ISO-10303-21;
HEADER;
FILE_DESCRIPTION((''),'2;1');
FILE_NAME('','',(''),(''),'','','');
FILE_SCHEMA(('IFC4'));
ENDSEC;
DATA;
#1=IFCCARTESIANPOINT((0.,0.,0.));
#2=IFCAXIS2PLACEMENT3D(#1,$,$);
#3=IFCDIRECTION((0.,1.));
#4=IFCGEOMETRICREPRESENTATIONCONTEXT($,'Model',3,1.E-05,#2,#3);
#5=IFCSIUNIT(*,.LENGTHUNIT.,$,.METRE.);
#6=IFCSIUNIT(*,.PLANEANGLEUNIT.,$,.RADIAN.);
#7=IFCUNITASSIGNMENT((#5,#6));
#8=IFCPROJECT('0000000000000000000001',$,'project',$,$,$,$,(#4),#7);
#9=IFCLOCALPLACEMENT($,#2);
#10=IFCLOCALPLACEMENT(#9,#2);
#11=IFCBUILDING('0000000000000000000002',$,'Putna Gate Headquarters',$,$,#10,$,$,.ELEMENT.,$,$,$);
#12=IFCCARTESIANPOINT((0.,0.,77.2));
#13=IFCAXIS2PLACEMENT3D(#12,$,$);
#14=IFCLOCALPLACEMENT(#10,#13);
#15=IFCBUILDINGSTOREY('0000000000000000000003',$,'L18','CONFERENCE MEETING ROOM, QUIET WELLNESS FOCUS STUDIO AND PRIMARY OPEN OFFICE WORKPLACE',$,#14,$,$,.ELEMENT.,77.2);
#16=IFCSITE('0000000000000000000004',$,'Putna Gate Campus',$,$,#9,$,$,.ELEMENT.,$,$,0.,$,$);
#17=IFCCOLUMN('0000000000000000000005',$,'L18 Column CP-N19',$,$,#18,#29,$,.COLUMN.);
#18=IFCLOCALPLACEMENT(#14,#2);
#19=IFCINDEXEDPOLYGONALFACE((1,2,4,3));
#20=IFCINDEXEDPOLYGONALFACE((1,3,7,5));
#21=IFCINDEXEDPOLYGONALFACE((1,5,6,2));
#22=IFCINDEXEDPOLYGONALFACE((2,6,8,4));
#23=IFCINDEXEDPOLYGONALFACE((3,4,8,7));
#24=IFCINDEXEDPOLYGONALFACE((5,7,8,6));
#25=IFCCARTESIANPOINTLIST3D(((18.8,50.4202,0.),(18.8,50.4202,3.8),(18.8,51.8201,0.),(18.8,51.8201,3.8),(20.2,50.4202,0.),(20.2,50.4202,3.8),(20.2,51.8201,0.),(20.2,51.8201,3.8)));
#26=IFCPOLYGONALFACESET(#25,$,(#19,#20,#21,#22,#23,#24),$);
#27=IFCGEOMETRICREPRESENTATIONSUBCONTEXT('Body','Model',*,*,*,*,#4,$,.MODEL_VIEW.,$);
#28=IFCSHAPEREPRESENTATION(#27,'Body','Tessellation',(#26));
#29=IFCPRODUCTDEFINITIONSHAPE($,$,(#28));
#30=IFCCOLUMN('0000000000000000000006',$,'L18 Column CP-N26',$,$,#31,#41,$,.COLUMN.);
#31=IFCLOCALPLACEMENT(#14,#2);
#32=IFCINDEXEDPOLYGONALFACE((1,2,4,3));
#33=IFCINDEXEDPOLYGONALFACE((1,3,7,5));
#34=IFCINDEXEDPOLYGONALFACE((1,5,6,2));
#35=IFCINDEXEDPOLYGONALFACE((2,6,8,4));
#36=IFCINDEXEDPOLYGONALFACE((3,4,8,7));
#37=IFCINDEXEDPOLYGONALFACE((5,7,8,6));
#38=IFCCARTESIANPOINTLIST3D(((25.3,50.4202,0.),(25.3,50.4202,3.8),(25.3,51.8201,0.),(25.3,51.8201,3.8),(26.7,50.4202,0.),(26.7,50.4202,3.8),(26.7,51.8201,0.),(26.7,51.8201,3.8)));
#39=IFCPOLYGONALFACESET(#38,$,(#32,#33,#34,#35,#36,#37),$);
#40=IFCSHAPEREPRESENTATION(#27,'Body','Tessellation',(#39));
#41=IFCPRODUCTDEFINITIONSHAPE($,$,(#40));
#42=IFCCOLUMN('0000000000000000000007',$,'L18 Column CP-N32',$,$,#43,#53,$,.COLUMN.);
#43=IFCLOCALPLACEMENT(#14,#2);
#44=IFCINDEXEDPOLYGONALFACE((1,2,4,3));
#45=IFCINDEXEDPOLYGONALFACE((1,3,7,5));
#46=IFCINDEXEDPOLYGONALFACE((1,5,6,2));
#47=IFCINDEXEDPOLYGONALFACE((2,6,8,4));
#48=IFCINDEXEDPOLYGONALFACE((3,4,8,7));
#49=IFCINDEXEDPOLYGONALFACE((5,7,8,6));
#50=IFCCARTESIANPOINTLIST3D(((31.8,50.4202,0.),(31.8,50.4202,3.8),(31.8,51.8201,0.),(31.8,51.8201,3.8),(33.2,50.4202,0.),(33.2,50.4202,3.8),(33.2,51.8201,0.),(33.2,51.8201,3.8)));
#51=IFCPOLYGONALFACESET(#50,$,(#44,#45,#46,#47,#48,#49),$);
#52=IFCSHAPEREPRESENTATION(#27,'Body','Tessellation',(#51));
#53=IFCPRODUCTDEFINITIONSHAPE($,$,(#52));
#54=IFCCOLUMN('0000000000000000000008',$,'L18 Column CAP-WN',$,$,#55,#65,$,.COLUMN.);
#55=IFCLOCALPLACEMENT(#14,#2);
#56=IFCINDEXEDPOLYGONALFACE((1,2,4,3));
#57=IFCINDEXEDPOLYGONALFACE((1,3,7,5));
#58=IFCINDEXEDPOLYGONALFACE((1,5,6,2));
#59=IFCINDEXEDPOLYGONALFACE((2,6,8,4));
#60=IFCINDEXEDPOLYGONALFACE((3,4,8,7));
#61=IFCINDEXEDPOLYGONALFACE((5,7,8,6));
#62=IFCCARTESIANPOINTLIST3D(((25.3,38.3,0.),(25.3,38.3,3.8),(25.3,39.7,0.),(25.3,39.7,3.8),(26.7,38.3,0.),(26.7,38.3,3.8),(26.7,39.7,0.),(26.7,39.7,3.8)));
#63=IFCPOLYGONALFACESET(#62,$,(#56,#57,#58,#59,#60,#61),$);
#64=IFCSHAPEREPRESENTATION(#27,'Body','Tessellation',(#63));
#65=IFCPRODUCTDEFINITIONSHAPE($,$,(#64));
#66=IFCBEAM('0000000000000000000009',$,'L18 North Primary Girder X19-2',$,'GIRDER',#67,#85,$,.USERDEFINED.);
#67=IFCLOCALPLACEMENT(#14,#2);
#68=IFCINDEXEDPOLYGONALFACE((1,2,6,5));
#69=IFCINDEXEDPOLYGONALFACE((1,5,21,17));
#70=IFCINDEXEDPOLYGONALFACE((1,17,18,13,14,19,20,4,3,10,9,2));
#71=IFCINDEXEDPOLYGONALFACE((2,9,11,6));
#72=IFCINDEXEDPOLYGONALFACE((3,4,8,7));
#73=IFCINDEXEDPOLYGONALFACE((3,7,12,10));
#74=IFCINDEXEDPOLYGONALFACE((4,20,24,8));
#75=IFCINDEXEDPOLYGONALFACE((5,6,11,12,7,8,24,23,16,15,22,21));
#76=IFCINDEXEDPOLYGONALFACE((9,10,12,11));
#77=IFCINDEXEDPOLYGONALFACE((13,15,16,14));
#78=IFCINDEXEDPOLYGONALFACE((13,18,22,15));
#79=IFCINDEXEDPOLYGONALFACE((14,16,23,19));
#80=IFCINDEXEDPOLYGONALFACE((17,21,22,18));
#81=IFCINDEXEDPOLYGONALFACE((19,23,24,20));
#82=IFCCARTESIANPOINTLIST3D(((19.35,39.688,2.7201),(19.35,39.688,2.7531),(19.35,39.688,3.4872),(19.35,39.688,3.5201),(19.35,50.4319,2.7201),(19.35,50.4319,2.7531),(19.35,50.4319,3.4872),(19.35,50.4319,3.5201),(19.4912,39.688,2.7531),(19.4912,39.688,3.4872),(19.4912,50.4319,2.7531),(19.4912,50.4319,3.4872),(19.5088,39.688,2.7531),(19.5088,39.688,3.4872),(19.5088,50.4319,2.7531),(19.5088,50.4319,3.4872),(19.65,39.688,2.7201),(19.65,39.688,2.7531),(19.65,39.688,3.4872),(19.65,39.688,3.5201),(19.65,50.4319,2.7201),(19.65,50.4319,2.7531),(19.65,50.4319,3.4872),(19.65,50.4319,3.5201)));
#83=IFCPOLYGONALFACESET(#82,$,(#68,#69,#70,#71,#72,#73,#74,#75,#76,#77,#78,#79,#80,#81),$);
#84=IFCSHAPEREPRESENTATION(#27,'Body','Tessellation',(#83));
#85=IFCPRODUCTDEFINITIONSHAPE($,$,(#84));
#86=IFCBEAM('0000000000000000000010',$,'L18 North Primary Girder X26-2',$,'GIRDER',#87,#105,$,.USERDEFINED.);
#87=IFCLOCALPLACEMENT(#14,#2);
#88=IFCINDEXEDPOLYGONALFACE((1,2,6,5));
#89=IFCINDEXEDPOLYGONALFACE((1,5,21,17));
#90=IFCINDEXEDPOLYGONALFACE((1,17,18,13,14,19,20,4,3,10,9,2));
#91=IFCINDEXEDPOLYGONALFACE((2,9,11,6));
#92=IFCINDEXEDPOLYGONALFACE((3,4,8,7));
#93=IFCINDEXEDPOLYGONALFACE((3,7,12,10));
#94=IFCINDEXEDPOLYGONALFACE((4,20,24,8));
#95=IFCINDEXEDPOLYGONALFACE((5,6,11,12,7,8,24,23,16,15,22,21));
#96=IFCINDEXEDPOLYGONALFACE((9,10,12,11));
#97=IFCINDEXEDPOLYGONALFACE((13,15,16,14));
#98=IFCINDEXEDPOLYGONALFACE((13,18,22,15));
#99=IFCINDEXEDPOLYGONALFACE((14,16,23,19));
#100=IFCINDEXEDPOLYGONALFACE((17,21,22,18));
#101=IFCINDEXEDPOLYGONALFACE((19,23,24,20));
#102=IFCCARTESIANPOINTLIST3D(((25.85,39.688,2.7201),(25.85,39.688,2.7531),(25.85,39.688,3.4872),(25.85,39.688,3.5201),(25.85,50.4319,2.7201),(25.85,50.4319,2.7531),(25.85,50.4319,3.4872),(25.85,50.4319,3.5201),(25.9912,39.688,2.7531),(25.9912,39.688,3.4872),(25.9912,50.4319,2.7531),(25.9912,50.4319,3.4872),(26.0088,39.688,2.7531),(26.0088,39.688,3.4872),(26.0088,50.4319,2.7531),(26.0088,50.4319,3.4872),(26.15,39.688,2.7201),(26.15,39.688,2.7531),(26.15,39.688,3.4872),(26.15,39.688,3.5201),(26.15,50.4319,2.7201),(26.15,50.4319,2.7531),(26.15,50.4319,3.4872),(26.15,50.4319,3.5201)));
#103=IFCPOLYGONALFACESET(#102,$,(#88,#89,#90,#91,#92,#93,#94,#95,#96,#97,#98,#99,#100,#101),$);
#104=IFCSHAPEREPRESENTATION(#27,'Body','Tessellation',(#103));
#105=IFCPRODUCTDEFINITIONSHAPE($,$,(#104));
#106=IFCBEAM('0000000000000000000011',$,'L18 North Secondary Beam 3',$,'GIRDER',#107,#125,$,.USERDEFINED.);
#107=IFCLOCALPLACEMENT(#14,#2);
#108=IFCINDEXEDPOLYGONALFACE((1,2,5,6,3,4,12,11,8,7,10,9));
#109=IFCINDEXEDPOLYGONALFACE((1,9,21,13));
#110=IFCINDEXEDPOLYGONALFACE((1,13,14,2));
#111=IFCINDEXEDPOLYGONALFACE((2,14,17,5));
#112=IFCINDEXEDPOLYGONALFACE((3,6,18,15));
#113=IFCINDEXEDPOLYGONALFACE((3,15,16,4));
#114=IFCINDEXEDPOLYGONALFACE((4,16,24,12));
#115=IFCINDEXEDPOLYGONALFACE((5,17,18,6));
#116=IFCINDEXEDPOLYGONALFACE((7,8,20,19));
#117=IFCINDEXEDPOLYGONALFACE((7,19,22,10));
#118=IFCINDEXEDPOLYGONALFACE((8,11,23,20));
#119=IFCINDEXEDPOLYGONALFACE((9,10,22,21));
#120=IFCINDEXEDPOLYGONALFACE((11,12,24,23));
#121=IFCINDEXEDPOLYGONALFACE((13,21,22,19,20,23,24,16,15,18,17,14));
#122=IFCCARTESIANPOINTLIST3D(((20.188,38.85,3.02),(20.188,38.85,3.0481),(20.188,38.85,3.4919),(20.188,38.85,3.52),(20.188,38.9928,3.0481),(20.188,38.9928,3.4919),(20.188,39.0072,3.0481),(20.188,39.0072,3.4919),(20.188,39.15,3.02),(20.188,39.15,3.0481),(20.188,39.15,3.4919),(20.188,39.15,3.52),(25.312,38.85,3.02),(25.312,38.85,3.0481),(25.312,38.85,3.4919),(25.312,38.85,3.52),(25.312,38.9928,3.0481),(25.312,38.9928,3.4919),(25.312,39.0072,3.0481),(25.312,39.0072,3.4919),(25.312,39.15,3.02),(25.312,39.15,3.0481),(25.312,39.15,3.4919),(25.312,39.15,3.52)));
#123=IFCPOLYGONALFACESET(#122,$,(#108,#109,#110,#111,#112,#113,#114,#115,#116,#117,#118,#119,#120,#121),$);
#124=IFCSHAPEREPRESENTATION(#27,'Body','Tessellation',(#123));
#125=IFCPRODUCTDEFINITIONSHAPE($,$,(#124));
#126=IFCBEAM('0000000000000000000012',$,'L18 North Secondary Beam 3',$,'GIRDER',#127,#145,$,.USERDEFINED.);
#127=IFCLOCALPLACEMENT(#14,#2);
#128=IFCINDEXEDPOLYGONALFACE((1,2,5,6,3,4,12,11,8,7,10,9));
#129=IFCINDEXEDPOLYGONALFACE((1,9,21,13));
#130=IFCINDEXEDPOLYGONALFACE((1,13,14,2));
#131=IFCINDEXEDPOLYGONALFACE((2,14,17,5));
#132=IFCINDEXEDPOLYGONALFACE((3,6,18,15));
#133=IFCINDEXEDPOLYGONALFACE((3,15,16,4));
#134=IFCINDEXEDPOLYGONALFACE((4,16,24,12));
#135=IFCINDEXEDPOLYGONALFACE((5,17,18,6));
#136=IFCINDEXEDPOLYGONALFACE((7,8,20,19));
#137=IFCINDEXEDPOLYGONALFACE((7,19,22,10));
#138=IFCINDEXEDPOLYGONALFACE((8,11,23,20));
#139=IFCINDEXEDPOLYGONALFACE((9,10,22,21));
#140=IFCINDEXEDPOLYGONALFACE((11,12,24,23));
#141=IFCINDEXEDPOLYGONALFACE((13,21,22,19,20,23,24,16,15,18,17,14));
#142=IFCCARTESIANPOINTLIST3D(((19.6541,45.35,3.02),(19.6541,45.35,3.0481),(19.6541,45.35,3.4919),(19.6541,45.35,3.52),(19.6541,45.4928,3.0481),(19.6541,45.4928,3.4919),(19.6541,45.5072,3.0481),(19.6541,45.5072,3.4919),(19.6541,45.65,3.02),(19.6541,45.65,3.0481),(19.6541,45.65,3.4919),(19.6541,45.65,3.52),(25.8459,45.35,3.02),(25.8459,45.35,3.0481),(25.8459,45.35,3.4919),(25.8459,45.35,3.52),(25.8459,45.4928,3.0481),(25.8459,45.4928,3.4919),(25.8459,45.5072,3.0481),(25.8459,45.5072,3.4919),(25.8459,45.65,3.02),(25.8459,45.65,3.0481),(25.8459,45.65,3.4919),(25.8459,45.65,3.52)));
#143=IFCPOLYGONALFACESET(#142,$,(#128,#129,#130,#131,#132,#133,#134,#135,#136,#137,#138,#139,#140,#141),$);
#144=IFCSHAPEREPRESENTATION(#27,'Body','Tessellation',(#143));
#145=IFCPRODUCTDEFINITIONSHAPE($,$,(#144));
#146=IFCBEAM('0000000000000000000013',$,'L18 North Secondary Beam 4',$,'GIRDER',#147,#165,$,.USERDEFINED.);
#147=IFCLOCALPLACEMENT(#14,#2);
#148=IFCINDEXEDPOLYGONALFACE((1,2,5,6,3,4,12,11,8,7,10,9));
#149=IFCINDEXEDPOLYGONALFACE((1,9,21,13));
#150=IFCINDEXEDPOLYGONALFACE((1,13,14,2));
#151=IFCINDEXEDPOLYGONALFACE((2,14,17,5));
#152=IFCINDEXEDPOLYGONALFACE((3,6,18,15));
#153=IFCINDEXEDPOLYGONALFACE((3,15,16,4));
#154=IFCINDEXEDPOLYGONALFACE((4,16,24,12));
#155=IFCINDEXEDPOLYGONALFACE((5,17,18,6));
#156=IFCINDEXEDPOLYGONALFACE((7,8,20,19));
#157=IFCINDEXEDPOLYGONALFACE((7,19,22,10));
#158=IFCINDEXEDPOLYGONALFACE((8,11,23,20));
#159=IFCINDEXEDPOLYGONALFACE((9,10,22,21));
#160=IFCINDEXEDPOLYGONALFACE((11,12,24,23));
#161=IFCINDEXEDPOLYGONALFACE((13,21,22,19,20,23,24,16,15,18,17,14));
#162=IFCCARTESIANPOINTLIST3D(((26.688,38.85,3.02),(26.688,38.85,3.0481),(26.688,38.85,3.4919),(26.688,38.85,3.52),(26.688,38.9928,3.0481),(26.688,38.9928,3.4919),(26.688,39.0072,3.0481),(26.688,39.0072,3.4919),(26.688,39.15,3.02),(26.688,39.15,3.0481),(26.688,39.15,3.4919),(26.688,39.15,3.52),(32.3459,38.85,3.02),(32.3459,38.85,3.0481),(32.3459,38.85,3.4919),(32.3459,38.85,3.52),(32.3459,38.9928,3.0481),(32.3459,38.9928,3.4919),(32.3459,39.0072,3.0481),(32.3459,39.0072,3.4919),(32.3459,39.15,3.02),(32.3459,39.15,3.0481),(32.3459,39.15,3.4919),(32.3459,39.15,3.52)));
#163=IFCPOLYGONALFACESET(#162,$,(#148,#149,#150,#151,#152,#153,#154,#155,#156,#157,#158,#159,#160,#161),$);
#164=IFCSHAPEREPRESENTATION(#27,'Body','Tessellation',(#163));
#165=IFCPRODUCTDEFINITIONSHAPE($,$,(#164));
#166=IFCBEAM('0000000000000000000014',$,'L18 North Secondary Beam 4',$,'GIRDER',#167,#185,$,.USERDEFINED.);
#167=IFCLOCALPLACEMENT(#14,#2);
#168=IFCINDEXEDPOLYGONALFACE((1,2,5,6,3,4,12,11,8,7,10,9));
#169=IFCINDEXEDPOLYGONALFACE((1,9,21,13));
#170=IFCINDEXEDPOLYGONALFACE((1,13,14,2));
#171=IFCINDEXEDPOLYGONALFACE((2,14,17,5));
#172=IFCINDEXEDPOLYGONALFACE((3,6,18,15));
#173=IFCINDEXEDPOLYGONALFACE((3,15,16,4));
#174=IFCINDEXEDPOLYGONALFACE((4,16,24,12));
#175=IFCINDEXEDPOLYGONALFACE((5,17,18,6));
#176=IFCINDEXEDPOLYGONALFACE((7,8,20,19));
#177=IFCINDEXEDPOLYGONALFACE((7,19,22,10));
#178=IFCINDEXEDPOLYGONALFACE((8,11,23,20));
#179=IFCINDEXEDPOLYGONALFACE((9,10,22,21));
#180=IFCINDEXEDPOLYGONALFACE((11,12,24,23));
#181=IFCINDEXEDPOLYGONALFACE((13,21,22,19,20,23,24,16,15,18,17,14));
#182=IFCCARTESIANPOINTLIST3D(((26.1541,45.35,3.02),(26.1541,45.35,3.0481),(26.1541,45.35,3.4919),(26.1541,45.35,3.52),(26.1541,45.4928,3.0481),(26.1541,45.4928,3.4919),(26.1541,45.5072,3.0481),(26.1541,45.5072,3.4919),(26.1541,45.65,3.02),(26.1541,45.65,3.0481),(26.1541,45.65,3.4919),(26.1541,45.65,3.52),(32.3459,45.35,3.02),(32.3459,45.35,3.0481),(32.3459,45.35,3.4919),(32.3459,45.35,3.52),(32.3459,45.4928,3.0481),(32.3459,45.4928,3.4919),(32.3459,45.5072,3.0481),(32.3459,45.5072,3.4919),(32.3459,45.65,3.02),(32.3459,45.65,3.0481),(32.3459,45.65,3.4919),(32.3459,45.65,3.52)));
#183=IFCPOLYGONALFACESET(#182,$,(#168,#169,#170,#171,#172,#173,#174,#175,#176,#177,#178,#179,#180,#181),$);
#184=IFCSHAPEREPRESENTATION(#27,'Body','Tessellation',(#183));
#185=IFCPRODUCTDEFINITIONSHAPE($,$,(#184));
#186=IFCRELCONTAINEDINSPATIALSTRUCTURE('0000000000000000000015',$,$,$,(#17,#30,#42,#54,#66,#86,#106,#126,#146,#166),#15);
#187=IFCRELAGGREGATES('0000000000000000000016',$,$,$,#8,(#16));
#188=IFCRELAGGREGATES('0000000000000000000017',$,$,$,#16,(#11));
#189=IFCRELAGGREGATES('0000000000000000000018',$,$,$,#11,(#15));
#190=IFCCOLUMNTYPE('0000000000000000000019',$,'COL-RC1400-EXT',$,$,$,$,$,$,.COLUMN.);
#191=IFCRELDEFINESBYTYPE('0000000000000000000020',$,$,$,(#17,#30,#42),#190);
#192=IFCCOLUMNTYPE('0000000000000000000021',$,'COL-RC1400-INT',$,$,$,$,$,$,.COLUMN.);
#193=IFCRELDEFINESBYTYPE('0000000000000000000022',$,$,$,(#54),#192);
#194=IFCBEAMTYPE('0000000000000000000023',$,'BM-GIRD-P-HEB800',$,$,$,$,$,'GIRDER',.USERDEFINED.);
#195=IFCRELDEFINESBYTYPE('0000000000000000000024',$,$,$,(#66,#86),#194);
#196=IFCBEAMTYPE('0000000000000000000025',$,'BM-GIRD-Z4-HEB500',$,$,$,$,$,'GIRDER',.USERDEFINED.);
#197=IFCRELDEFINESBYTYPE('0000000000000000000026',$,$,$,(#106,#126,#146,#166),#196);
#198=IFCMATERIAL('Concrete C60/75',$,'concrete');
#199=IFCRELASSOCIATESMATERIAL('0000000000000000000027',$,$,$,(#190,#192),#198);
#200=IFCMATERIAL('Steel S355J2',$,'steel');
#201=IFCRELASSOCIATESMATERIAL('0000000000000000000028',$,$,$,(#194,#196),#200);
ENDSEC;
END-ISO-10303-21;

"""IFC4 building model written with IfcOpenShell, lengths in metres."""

from ifc_helpers import new_model, si_unit, direction, frame, origin, origin_2d, place, context, subcontext, project, spatial, rectangle, i_section, extrude, material, material_profile, profile_set, type_object, element, save


model = new_model("IFC4")

# Units and contexts
model_context = context("Model", 3, precision=1e-05, world=origin(), true_north=direction((0.0, 1.0)))
body_context = subcontext(model_context, "Body", "Model", "MODEL_VIEW")
ifc_project = project(units=[si_unit("LENGTHUNIT", "METRE"), si_unit("PLANEANGLEUNIT", "RADIAN")], contexts=[model_context])

# Site, building, storey
site_placement = place(None, origin())
site = spatial("IfcSite", under=ifc_project, at=site_placement, Name="Putna Gate Campus", CompositionType="ELEMENT", RefElevation=0.0)
building_placement = place(site_placement, origin())
building = spatial("IfcBuilding", under=site, at=building_placement, Name="Putna Gate Headquarters", CompositionType="ELEMENT")
storey_placement = place(building_placement, frame((0.0, 0.0, 77.2)))
storey = spatial("IfcBuildingStorey", under=building, at=storey_placement, Name="L18", Description="CONFERENCE MEETING ROOM, QUIET WELLNESS FOCUS STUDIO AND PRIMARY OPEN OFFICE WORKPLACE", CompositionType="ELEMENT", Elevation=77.2)

# Columns
ifc_material_1 = material(Name="Concrete C60/75", Category="concrete")
ifc_material_profile_1 = material_profile(ifc_material_1, rectangle(XDim=1.3999, YDim=1.3999, at=origin_2d()), Name="Concrete C60/75")
ifc_profile_set_1 = profile_set([ifc_material_profile_1], Name="Concrete C60/75")
column_type_1 = type_object("IfcColumnType", Name="COL-RC1400-EXT", PredefinedType="COLUMN", material=ifc_profile_set_1)
for number, where, z_axis, x_axis, name in (
    (1, (19.5, 51.1201, 0.0), (0.0, 0.0, 1.0), (1.0, 0.0, 0.0), "L18 Column CP-N19"),
    (2, (26.0, 51.1201, 0.0), (0.0, 0.0, 1.0), (1.0, 0.0, 0.0), "L18 Column CP-N26"),
    (3, (32.5, 51.1201, 0.0), (0.0, 0.0, 1.0), (1.0, 0.0, 0.0), "L18 Column CP-N32"),
):
    element("IfcColumn", number, at=place(storey_placement, frame(where, z_axis=z_axis, x_axis=x_axis)), inside=storey, type_object=column_type_1, Name=name, PredefinedType="COLUMN", context=body_context, shape_type="SweptSolid", body=[
        extrude(rectangle(XDim=1.3999, YDim=1.3999, at=origin_2d()), origin(), (0.0, 0.0, 1.0), 3.8),
    ])
ifc_material_profile_2 = material_profile(ifc_material_1, rectangle(XDim=1.3999, YDim=1.3999, at=origin_2d()), Name="Concrete C60/75")
ifc_profile_set_2 = profile_set([ifc_material_profile_2], Name="Concrete C60/75")
column_type_2 = type_object("IfcColumnType", Name="COL-RC1400-INT", PredefinedType="COLUMN", material=ifc_profile_set_2)
column_placement = place(storey_placement, frame((26.0, 39.0, 0.0), z_axis=(0.0, 0.0, 1.0), x_axis=(1.0, 0.0, 0.0)))
element("IfcColumn", 4, at=column_placement, inside=storey, type_object=column_type_2, Name="L18 Column CAP-WN", PredefinedType="COLUMN", context=body_context, shape_type="SweptSolid", body=[
    extrude(rectangle(XDim=1.3999, YDim=1.3999, at=origin_2d()), origin(), (0.0, 0.0, 1.0), 3.8),
])

# Beams
ifc_material_2 = material(Name="Steel S355J2", Category="steel")
ifc_material_profile_3 = material_profile(ifc_material_2, i_section(OverallWidth=0.3, OverallDepth=0.8, WebThickness=0.0176, FlangeThickness=0.033, at=origin_2d()), Name="Steel S355J2")
ifc_profile_set_3 = profile_set([ifc_material_profile_3], Name="Steel S355J2")
beam_type_1 = type_object("IfcBeamType", Name="BM-GIRD-P-HEB800", ElementType="GIRDER", PredefinedType="USERDEFINED", material=ifc_profile_set_3)
for number, where, z_axis, x_axis, name in (
    (5, (19.5, 39.688, 3.1201), (0.0, 1.0, 0.0), (-1.0, 0.0, 0.0), "L18 North Primary Girder X19-2"),
    (6, (26.0, 39.688, 3.1201), (0.0, 1.0, 0.0), (-1.0, 0.0, 0.0), "L18 North Primary Girder X26-2"),
):
    element("IfcBeam", number, at=place(storey_placement, frame(where, z_axis=z_axis, x_axis=x_axis)), inside=storey, type_object=beam_type_1, Name=name, ObjectType="GIRDER", PredefinedType="USERDEFINED", context=body_context, shape_type="SweptSolid", body=[
        extrude(i_section(OverallWidth=0.3, OverallDepth=0.8, WebThickness=0.0176, FlangeThickness=0.033, at=origin_2d()), origin(), (0.0, 0.0, 1.0), 10.7439),
    ])
ifc_material_profile_4 = material_profile(ifc_material_2, i_section(OverallWidth=0.3, OverallDepth=0.5, WebThickness=0.0144, FlangeThickness=0.0281, at=origin_2d()), Name="Steel S355J2")
ifc_profile_set_4 = profile_set([ifc_material_profile_4], Name="Steel S355J2")
beam_type_2 = type_object("IfcBeamType", Name="BM-GIRD-Z4-HEB500", ElementType="GIRDER", PredefinedType="USERDEFINED", material=ifc_profile_set_4)
beam_1_placement = place(storey_placement, frame((20.188, 39.0, 3.27), z_axis=(1.0, 0.0, 0.0), x_axis=(0.0, 1.0, 0.0)))
element("IfcBeam", 7, at=beam_1_placement, inside=storey, type_object=beam_type_2, Name="L18 North Secondary Beam 3", ObjectType="GIRDER", PredefinedType="USERDEFINED", context=body_context, shape_type="SweptSolid", body=[
    extrude(i_section(OverallWidth=0.3, OverallDepth=0.5, WebThickness=0.0144, FlangeThickness=0.0281, at=origin_2d()), origin(), (0.0, 0.0, 1.0), 5.124),
])
beam_2_placement = place(storey_placement, frame((19.6541, 45.5, 3.27), z_axis=(1.0, 0.0, 0.0), x_axis=(0.0, 1.0, 0.0)))
element("IfcBeam", 8, at=beam_2_placement, inside=storey, type_object=beam_type_2, Name="L18 North Secondary Beam 3", ObjectType="GIRDER", PredefinedType="USERDEFINED", context=body_context, shape_type="SweptSolid", body=[
    extrude(i_section(OverallWidth=0.3, OverallDepth=0.5, WebThickness=0.0144, FlangeThickness=0.0281, at=origin_2d()), origin(), (0.0, 0.0, 1.0), 6.1919),
])
beam_3_placement = place(storey_placement, frame((26.688, 39.0, 3.27), z_axis=(1.0, 0.0, 0.0), x_axis=(0.0, 1.0, 0.0)))
element("IfcBeam", 9, at=beam_3_placement, inside=storey, type_object=beam_type_2, Name="L18 North Secondary Beam 4", ObjectType="GIRDER", PredefinedType="USERDEFINED", context=body_context, shape_type="SweptSolid", body=[
    extrude(i_section(OverallWidth=0.3, OverallDepth=0.5, WebThickness=0.0144, FlangeThickness=0.0281, at=origin_2d()), origin(), (0.0, 0.0, 1.0), 5.658),
])
for number, where, z_axis, x_axis, name in (
    (10, (26.1541, 45.5, 3.27), (1.0, 0.0, 0.0), (0.0, 1.0, 0.0), "L18 North Secondary Beam 4"),
):
    element("IfcBeam", number, at=place(storey_placement, frame(where, z_axis=z_axis, x_axis=x_axis)), inside=storey, type_object=beam_type_2, Name=name, ObjectType="GIRDER", PredefinedType="USERDEFINED", context=body_context, shape_type="SweptSolid", body=[
        extrude(i_section(OverallWidth=0.3, OverallDepth=0.5, WebThickness=0.0144, FlangeThickness=0.0281, at=origin_2d()), origin(), (0.0, 0.0, 1.0), 6.1919),
    ])

save(model, "model.ifc")
